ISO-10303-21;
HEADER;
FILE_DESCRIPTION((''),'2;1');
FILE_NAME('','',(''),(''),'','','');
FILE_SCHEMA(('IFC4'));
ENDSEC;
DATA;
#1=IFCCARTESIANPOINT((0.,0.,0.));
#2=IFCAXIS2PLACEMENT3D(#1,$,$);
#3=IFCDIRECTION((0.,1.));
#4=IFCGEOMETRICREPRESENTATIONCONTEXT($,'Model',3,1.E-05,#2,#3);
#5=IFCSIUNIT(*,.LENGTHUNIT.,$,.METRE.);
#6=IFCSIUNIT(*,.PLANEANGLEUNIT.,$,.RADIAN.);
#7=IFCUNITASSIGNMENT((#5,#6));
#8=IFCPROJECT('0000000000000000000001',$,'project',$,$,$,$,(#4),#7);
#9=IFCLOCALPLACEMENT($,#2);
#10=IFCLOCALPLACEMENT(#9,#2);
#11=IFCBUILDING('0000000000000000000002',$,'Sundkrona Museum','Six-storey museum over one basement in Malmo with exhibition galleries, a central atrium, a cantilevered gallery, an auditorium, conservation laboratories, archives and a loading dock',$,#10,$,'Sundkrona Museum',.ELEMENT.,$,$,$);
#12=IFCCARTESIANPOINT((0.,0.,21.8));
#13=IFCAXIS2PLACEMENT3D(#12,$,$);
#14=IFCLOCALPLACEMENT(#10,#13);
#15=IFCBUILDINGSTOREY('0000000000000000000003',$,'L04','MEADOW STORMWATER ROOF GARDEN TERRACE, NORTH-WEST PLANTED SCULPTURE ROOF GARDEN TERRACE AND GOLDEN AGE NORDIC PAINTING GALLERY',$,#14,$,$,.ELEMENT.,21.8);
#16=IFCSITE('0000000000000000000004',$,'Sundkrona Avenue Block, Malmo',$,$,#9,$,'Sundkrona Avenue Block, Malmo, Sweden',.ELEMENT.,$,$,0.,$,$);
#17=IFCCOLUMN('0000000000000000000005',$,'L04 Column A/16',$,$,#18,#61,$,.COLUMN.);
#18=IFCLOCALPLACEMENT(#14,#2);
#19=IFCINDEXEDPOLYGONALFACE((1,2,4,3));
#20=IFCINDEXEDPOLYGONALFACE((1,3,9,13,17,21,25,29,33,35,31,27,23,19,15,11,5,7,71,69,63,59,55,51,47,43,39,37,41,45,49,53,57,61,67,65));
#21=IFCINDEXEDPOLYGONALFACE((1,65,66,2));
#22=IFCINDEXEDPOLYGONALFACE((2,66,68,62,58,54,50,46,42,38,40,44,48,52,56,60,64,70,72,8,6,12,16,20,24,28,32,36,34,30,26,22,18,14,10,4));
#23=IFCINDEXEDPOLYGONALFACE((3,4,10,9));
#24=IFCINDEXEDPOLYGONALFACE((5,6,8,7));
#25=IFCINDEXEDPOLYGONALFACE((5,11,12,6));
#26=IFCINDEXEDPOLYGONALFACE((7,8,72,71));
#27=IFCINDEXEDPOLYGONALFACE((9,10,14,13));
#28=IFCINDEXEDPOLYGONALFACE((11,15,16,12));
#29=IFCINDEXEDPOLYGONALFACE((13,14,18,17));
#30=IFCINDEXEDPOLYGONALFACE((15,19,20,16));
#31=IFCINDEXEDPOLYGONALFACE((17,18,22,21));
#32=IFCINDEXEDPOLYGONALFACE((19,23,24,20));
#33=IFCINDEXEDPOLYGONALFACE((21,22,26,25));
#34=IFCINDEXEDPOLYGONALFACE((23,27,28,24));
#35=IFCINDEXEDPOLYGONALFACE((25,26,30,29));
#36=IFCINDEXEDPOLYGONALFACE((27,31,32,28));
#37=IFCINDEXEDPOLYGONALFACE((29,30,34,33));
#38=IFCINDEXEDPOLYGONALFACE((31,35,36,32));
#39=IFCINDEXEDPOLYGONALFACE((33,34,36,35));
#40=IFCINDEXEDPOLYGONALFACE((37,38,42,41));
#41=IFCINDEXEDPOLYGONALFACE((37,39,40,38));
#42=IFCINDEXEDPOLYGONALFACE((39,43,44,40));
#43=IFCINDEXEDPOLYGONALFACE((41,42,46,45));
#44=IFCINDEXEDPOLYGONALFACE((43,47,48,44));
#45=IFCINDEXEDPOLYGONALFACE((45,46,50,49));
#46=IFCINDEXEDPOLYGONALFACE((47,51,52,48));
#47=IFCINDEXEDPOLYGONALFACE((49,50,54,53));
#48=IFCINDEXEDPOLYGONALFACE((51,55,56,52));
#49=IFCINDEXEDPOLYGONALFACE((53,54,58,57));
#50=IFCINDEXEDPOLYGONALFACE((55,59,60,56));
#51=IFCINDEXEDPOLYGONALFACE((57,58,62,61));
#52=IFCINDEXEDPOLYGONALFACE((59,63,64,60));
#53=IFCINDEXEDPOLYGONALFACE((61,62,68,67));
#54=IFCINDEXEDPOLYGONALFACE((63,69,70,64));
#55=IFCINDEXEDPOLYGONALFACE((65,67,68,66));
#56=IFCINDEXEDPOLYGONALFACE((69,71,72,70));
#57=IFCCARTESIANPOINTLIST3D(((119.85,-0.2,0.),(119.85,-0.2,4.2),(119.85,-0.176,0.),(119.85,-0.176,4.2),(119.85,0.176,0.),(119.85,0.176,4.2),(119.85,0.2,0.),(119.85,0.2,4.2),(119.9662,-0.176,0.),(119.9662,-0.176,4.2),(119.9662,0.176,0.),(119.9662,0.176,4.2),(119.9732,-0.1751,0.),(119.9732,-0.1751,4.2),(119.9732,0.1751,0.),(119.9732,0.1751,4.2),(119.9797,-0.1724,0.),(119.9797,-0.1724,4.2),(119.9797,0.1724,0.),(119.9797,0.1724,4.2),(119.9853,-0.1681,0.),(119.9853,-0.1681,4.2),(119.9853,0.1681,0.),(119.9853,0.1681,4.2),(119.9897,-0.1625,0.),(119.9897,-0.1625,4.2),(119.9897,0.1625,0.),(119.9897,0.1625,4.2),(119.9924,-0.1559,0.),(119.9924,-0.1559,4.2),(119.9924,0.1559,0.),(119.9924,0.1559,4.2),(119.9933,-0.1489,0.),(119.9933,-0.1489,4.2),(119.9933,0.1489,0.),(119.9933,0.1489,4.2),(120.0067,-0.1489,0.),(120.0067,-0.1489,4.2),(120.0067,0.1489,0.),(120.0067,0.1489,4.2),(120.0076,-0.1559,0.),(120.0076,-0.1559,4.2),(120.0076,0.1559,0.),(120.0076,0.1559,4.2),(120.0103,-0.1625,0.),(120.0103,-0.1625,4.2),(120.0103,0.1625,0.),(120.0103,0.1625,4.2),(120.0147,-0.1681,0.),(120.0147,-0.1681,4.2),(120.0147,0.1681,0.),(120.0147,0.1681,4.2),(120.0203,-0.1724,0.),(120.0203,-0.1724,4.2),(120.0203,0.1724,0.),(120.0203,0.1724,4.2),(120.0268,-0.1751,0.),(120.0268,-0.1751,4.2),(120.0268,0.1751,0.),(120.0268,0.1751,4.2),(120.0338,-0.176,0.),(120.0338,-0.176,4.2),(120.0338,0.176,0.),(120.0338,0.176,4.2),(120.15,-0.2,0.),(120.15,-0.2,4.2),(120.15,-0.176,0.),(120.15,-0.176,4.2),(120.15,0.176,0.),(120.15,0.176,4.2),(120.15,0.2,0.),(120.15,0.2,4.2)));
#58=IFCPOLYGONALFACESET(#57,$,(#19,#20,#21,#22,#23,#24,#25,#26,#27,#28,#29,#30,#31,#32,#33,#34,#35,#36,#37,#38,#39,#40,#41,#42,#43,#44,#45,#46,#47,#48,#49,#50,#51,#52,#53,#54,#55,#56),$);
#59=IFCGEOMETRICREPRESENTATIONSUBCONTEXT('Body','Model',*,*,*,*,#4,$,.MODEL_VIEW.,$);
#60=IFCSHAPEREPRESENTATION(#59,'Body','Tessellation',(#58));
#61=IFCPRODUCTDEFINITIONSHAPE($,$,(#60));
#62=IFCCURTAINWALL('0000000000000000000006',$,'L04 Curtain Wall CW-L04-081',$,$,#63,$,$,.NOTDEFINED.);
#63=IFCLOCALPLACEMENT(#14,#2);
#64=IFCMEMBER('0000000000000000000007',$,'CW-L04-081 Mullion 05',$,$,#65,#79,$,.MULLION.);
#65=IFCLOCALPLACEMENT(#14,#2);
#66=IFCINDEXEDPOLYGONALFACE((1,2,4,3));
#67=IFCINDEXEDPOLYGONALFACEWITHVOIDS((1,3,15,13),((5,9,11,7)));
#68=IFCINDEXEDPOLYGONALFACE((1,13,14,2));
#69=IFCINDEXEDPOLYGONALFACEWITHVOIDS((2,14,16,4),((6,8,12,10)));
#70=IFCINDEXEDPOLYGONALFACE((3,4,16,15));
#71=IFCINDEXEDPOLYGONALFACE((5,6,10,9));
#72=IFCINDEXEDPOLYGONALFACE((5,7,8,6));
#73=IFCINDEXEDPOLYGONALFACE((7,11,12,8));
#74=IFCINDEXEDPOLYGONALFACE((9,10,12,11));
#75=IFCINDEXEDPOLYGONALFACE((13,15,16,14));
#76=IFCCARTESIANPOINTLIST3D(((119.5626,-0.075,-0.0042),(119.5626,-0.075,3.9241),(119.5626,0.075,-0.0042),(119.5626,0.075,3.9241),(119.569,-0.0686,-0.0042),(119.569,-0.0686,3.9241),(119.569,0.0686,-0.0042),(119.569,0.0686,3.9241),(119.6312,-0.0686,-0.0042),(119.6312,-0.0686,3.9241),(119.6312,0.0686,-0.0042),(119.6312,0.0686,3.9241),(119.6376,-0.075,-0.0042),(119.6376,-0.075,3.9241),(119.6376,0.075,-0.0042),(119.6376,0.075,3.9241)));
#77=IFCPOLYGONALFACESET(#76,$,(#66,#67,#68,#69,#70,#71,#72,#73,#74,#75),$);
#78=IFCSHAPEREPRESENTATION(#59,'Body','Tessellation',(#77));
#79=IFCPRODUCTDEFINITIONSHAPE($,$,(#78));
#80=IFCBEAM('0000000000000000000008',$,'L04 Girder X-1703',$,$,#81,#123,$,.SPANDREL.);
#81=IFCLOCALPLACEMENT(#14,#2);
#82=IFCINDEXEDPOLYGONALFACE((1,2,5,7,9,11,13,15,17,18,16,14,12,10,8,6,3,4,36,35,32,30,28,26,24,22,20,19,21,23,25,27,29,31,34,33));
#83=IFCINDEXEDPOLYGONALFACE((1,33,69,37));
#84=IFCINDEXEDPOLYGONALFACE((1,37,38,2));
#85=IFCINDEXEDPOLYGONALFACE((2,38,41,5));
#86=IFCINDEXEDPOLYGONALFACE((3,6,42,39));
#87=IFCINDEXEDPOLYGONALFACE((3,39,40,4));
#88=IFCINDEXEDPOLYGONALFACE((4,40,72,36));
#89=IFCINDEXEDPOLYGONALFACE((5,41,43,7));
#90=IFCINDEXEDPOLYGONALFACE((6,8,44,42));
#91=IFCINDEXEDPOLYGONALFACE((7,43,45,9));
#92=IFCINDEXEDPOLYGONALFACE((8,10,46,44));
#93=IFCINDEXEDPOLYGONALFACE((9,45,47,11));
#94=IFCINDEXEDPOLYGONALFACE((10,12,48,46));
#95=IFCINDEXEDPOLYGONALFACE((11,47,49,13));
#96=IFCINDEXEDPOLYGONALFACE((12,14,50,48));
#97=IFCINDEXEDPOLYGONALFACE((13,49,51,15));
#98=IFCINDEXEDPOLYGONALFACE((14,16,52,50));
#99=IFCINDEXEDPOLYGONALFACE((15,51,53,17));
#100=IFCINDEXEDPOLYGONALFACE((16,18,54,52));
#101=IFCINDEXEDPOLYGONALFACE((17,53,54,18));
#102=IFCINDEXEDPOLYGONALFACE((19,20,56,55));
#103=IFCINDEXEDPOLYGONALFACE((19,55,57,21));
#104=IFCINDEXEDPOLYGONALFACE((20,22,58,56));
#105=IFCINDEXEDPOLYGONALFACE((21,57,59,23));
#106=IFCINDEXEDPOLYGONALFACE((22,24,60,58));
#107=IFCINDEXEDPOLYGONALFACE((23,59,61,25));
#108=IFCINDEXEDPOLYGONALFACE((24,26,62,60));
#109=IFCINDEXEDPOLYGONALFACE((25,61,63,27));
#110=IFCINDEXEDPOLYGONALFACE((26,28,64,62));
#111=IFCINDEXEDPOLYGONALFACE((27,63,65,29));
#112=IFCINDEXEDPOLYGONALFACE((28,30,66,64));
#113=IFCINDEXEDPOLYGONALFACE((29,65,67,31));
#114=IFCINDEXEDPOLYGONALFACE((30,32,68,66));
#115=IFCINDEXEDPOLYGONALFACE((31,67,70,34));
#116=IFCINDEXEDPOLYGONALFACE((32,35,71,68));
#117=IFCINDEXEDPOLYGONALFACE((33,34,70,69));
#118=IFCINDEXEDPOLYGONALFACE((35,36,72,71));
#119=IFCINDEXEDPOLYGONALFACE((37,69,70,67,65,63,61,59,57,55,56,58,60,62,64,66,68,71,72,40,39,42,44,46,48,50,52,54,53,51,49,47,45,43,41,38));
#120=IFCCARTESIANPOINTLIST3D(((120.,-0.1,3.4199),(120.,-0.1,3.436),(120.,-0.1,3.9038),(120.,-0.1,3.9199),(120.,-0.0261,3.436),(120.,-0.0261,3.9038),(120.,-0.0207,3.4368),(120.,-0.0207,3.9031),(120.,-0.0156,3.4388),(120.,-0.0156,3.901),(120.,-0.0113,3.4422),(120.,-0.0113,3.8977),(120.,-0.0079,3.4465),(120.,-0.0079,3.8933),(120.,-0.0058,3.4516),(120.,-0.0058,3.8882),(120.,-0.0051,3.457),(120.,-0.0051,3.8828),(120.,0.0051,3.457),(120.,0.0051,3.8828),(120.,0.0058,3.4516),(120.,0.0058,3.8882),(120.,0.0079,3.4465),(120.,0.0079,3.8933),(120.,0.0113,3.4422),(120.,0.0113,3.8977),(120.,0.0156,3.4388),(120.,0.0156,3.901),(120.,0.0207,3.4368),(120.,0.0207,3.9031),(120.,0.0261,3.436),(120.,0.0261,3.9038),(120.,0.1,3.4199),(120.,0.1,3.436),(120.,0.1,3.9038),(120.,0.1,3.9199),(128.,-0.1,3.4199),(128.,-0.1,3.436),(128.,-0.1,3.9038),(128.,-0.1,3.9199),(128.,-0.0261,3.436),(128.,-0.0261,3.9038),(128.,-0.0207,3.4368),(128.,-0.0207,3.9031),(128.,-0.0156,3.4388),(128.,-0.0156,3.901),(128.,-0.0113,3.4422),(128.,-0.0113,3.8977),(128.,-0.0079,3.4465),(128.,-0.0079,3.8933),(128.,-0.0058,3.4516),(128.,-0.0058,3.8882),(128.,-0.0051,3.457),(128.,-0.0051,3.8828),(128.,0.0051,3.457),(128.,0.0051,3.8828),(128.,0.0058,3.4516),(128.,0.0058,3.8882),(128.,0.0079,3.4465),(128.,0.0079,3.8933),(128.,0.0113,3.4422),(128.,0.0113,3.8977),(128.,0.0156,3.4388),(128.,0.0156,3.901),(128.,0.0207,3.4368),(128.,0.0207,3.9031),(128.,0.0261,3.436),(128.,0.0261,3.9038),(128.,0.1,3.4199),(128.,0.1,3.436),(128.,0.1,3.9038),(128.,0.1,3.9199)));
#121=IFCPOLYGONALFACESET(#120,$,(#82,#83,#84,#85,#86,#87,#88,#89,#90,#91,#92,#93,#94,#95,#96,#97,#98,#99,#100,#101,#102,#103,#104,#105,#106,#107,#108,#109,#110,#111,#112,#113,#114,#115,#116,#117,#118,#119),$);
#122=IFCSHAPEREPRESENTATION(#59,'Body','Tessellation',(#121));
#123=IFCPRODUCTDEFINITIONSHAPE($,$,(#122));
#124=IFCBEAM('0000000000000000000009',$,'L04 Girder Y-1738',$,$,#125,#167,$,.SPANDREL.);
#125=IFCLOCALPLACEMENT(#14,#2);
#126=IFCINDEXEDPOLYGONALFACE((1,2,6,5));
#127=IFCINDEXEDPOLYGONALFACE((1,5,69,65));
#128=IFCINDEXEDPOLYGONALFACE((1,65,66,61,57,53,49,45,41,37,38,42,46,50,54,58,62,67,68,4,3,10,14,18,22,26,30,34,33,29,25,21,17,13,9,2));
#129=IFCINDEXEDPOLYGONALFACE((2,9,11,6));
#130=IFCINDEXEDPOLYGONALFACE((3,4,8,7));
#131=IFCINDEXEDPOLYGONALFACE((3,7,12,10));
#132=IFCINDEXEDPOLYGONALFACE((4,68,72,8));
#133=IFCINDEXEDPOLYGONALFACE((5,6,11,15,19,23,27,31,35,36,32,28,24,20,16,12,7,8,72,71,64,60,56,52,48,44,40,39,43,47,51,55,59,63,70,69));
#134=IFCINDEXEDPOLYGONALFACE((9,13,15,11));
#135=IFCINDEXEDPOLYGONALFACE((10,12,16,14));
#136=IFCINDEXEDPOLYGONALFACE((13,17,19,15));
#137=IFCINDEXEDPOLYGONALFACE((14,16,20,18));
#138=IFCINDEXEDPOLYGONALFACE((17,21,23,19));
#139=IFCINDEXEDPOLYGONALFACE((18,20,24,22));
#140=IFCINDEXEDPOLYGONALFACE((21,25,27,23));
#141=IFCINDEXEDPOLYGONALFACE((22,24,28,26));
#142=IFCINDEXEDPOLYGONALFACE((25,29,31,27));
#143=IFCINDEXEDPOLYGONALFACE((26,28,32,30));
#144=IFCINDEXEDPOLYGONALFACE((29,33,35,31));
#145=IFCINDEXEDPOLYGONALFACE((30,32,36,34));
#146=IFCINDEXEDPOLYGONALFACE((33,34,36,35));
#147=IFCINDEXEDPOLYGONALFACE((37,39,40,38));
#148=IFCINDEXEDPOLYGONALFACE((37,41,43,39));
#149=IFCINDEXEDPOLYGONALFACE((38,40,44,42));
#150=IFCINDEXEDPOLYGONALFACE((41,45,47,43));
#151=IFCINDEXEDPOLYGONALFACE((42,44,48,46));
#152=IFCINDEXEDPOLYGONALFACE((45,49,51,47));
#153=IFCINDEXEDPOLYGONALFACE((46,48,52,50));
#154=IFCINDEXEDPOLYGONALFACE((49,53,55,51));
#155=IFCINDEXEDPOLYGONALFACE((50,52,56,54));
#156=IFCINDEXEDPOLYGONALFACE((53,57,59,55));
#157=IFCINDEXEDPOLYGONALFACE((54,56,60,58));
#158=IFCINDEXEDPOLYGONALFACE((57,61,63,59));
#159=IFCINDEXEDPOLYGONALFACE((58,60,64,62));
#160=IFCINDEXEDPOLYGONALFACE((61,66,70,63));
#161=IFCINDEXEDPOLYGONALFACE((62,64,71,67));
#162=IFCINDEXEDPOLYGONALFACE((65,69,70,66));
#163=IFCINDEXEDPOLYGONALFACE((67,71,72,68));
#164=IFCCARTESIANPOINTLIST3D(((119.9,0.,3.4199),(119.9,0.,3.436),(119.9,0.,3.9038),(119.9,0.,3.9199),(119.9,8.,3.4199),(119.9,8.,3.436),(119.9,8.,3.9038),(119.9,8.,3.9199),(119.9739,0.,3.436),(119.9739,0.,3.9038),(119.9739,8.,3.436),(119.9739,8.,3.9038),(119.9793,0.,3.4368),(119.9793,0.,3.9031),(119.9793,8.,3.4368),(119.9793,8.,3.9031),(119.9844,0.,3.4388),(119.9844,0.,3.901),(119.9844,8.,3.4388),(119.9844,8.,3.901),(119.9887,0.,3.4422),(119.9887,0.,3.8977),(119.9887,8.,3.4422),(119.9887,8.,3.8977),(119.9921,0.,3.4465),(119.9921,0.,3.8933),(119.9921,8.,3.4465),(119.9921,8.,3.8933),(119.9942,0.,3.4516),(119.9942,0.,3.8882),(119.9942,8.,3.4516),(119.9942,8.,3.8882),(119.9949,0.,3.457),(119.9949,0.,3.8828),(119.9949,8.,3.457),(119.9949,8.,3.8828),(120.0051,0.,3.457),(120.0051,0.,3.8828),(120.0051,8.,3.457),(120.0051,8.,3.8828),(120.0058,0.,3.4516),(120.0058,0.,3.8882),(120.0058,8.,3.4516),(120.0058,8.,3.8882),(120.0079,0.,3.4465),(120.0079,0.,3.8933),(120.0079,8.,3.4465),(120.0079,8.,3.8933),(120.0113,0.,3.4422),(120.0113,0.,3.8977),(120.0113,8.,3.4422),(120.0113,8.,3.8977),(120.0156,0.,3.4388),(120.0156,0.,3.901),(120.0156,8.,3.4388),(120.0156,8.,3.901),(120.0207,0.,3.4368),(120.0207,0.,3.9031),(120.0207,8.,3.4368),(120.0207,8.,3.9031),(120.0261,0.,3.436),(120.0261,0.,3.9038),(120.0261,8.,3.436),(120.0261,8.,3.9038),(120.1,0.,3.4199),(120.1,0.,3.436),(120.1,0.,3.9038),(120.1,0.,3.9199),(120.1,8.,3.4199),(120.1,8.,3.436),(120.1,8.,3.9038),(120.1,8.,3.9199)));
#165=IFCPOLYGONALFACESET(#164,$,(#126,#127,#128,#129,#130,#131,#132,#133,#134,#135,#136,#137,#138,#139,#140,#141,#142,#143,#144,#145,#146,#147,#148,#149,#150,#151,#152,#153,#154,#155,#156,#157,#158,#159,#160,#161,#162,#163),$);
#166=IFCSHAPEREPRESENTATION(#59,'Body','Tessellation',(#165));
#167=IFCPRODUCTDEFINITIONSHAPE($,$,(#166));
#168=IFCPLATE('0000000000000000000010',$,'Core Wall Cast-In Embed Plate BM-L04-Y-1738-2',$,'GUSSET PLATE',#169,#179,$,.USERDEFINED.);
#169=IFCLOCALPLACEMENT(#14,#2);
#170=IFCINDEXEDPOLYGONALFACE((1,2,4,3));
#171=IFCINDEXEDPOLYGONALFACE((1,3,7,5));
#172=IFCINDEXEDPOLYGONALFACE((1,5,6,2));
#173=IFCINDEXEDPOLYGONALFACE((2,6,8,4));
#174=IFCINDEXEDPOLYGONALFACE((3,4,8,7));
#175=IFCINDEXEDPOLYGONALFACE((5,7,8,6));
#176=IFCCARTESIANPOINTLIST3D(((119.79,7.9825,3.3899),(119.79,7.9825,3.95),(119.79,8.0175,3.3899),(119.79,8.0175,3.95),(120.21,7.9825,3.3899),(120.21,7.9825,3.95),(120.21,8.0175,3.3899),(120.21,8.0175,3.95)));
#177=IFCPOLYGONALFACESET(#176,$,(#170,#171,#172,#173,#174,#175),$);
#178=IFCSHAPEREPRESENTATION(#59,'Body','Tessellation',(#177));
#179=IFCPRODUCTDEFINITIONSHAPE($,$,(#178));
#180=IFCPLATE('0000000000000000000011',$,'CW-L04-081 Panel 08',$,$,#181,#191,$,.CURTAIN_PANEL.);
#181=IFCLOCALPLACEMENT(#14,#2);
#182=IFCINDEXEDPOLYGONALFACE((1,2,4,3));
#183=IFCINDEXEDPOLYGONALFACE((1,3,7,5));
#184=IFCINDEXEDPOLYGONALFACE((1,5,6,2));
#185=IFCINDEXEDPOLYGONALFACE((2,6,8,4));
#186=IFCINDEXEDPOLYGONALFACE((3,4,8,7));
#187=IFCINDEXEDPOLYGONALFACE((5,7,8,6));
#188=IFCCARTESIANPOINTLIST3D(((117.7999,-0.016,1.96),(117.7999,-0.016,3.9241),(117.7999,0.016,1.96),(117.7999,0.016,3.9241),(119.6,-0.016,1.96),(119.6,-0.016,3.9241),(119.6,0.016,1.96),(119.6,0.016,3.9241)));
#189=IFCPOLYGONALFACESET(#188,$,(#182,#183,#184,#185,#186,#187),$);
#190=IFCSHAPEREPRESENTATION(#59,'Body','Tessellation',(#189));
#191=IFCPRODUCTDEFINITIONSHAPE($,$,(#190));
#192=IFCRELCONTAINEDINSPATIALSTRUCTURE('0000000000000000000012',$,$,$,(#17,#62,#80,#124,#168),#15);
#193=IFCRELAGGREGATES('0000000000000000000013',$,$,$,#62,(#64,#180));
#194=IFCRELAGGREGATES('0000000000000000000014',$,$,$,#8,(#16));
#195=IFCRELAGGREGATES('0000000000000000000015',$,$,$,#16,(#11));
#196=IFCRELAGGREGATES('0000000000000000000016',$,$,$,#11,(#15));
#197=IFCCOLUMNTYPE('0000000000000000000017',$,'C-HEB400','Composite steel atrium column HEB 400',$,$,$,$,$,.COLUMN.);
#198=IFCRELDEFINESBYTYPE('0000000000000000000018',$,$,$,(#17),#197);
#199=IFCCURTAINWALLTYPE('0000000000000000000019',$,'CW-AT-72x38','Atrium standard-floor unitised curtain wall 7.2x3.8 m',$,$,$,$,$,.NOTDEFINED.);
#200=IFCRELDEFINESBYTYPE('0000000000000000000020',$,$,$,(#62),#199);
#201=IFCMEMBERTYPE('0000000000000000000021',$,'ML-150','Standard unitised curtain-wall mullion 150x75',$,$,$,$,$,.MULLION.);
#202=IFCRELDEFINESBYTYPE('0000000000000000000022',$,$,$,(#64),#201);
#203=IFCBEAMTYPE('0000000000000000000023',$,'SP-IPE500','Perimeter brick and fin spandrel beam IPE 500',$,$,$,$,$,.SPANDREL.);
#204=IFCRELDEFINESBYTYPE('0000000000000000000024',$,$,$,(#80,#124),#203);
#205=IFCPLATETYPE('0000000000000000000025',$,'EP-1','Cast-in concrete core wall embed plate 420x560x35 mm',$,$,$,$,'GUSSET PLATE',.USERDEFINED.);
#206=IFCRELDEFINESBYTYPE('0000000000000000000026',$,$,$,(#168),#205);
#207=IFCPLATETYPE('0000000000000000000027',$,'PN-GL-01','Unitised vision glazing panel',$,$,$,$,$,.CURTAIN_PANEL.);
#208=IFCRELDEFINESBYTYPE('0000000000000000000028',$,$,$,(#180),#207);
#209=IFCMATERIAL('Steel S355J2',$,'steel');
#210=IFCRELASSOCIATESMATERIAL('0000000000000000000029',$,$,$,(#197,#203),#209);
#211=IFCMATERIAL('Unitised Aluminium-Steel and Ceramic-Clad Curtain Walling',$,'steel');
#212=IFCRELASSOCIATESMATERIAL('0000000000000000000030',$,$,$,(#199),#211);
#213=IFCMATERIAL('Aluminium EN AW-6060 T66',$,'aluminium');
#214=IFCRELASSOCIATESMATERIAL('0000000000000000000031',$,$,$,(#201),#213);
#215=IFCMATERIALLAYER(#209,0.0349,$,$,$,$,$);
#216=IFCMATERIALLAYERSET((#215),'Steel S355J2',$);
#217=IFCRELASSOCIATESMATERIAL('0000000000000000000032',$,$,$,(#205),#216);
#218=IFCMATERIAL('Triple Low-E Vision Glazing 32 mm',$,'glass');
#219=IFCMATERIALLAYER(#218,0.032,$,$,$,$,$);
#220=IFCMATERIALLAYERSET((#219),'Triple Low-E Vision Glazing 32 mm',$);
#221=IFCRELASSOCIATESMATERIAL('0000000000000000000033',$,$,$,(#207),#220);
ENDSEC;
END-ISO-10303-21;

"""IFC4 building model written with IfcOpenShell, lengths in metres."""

from ifc_helpers import new_model, si_unit, direction, frame, origin, origin_2d, place, context, subcontext, project, spatial, rectangle, hollow_rectangle, i_section, extrude, material, layer, layer_set, material_profile, profile_set, type_object, element, aggregate, save


model = new_model("IFC4")

# Units and contexts
model_context = context("Model", 3, precision=1e-05, world=origin(), true_north=direction((0.0, 1.0)))
body_context = subcontext(model_context, "Body", "Model", "MODEL_VIEW")
ifc_project = project(units=[si_unit("LENGTHUNIT", "METRE"), si_unit("PLANEANGLEUNIT", "RADIAN")], contexts=[model_context])

# Site, building, storey
site_placement = place(None, origin())
site = spatial("IfcSite", under=ifc_project, at=site_placement, Name="Sundkrona Avenue Block, Malmo", LongName="Sundkrona Avenue Block, Malmo, Sweden", CompositionType="ELEMENT", RefElevation=0.0)
building_placement = place(site_placement, origin())
building = spatial("IfcBuilding", under=site, at=building_placement, Name="Sundkrona Museum", Description="Six-storey museum over one basement in Malmo with exhibition galleries, a central atrium, a cantilevered gallery, an auditorium, conservation laboratories, archives and a loading dock", LongName="Sundkrona Museum", CompositionType="ELEMENT")
storey_placement = place(building_placement, frame((0.0, 0.0, 21.8)))
storey = spatial("IfcBuildingStorey", under=building, at=storey_placement, Name="L04", Description="MEADOW STORMWATER ROOF GARDEN TERRACE, NORTH-WEST PLANTED SCULPTURE ROOF GARDEN TERRACE AND GOLDEN AGE NORDIC PAINTING GALLERY", CompositionType="ELEMENT", Elevation=21.8)

# Column
ifc_material_1 = material(Name="Steel S355J2", Category="steel")
ifc_material_profile_1 = material_profile(ifc_material_1, i_section(OverallWidth=0.3, OverallDepth=0.3999, WebThickness=0.0134, FlangeThickness=0.0239, FilletRadius=0.0271, at=origin_2d()), Name="HEB 400")
ifc_profile_set_1 = profile_set([ifc_material_profile_1], Name="Steel S355J2")
column_type = type_object("IfcColumnType", Name="C-HEB400", Description="Composite steel atrium column HEB 400", PredefinedType="COLUMN", material=ifc_profile_set_1)
column_placement = place(storey_placement, frame((120.0, 0.0, 0.0), z_axis=(0.0, 0.0, 1.0), x_axis=(1.0, 0.0, 0.0)))
element("IfcColumn", 1, at=column_placement, inside=storey, type_object=column_type, Name="L04 Column A/16", PredefinedType="COLUMN", context=body_context, shape_type="SweptSolid", body=[
    extrude(i_section(OverallWidth=0.3, OverallDepth=0.3999, WebThickness=0.0134, FlangeThickness=0.0239, FilletRadius=0.0271, at=origin_2d()), origin(), (0.0, 0.0, 1.0), 4.2),
])

# Curtain wall, member
ifc_material_2 = material(Name="Unitised Aluminium-Steel and Ceramic-Clad Curtain Walling", Category="steel")
curtain_wall_type = type_object("IfcCurtainWallType", Name="CW-AT-72x38", Description="Atrium standard-floor unitised curtain wall 7.2x3.8 m", PredefinedType="NOTDEFINED", material=ifc_material_2)
curtain_wall_placement = place(storey_placement, origin())
curtain_wall = element("IfcCurtainWall", 2, at=curtain_wall_placement, inside=storey, type_object=curtain_wall_type, Name="L04 Curtain Wall CW-L04-081", PredefinedType="NOTDEFINED")
ifc_material_3 = material(Name="Aluminium EN AW-6060 T66", Category="aluminium")
ifc_material_profile_2 = material_profile(ifc_material_3, hollow_rectangle(XDim=0.075, YDim=0.1499, WallThickness=0.0063, at=origin_2d()), Name="RHS 150x75x6.3")
ifc_profile_set_2 = profile_set([ifc_material_profile_2], Name="Aluminium EN AW-6060 T66")
member_type = type_object("IfcMemberType", Name="ML-150", Description="Standard unitised curtain-wall mullion 150x75", PredefinedType="MULLION", material=ifc_profile_set_2)
member_placement = place(storey_placement, frame((119.6001, 0.0, -0.0042), z_axis=(0.0, 0.0, 1.0), x_axis=(1.0, 0.0, 0.0)))
member = element("IfcMember", 3, at=member_placement, type_object=member_type, Name="CW-L04-081 Mullion 05", PredefinedType="MULLION", context=body_context, shape_type="SweptSolid", body=[
    extrude(hollow_rectangle(XDim=0.075, YDim=0.1499, WallThickness=0.0063, at=origin_2d()), origin(), (0.0, 0.0, 1.0), 3.9282),
])

# Beams
ifc_material_profile_3 = material_profile(ifc_material_1, i_section(OverallWidth=0.2, OverallDepth=0.5, WebThickness=0.0103, FlangeThickness=0.0161, FilletRadius=0.021, at=origin_2d()), Name="IPE 500")
ifc_profile_set_3 = profile_set([ifc_material_profile_3], Name="Steel S355J2")
beam_type = type_object("IfcBeamType", Name="SP-IPE500", Description="Perimeter brick and fin spandrel beam IPE 500", PredefinedType="SPANDREL", material=ifc_profile_set_3)
for number, where, z_axis, x_axis, name in (
    (4, (120.0, 0.0, 3.6699), (1.0, 0.0, 0.0), (0.0, 1.0, 0.0), "L04 Girder X-1703"),
    (5, (120.0, 0.0, 3.6699), (0.0, 1.0, 0.0), (-1.0, 0.0, 0.0), "L04 Girder Y-1738"),
):
    element("IfcBeam", number, at=place(storey_placement, frame(where, z_axis=z_axis, x_axis=x_axis)), inside=storey, type_object=beam_type, Name=name, PredefinedType="SPANDREL", context=body_context, shape_type="SweptSolid", body=[
        extrude(i_section(OverallWidth=0.2, OverallDepth=0.5, WebThickness=0.0103, FlangeThickness=0.0161, FilletRadius=0.021, at=origin_2d()), origin(), (0.0, 0.0, 1.0), 8.0),
    ])

# Plates
ifc_layer_1 = layer(ifc_material_1, 0.0349)
ifc_layer_set_1 = layer_set([ifc_layer_1], Name="Steel S355J2")
plate_type_1 = type_object("IfcPlateType", Name="EP-1", Description="Cast-in concrete core wall embed plate 420x560x35 mm", ElementType="GUSSET PLATE", PredefinedType="USERDEFINED", material=ifc_layer_set_1)
plate_1_placement = place(storey_placement, frame((120.0, 8.0, 3.3899), z_axis=(0.0, 0.0, 1.0), x_axis=(1.0, 0.0, 0.0)))
element("IfcPlate", 6, at=plate_1_placement, inside=storey, type_object=plate_type_1, Name="Core Wall Cast-In Embed Plate BM-L04-Y-1738-2", ObjectType="GUSSET PLATE", PredefinedType="USERDEFINED", context=body_context, shape_type="SweptSolid", body=[
    extrude(rectangle(XDim=0.4199, YDim=0.0349, at=origin_2d()), origin(), (0.0, 0.0, 1.0), 0.5601),
])
ifc_material_4 = material(Name="Triple Low-E Vision Glazing 32 mm", Category="glass")
ifc_layer_2 = layer(ifc_material_4, 0.032)
ifc_layer_set_2 = layer_set([ifc_layer_2], Name="Triple Low-E Vision Glazing 32 mm")
plate_type_2 = type_object("IfcPlateType", Name="PN-GL-01", Description="Unitised vision glazing panel", PredefinedType="CURTAIN_PANEL", material=ifc_layer_set_2)
plate_2_placement = place(storey_placement, frame((118.7, 0.0, 1.96), z_axis=(0.0, 0.0, 1.0), x_axis=(1.0, 0.0, 0.0)))
plate_2 = element("IfcPlate", 7, at=plate_2_placement, type_object=plate_type_2, Name="CW-L04-081 Panel 08", PredefinedType="CURTAIN_PANEL", context=body_context, shape_type="SweptSolid", body=[
    extrude(rectangle(XDim=1.8, YDim=0.032, at=origin_2d()), origin(), (0.0, 0.0, 1.0), 1.9641),
])
aggregate(curtain_wall, [member, plate_2])

save(model, "model.ifc")
